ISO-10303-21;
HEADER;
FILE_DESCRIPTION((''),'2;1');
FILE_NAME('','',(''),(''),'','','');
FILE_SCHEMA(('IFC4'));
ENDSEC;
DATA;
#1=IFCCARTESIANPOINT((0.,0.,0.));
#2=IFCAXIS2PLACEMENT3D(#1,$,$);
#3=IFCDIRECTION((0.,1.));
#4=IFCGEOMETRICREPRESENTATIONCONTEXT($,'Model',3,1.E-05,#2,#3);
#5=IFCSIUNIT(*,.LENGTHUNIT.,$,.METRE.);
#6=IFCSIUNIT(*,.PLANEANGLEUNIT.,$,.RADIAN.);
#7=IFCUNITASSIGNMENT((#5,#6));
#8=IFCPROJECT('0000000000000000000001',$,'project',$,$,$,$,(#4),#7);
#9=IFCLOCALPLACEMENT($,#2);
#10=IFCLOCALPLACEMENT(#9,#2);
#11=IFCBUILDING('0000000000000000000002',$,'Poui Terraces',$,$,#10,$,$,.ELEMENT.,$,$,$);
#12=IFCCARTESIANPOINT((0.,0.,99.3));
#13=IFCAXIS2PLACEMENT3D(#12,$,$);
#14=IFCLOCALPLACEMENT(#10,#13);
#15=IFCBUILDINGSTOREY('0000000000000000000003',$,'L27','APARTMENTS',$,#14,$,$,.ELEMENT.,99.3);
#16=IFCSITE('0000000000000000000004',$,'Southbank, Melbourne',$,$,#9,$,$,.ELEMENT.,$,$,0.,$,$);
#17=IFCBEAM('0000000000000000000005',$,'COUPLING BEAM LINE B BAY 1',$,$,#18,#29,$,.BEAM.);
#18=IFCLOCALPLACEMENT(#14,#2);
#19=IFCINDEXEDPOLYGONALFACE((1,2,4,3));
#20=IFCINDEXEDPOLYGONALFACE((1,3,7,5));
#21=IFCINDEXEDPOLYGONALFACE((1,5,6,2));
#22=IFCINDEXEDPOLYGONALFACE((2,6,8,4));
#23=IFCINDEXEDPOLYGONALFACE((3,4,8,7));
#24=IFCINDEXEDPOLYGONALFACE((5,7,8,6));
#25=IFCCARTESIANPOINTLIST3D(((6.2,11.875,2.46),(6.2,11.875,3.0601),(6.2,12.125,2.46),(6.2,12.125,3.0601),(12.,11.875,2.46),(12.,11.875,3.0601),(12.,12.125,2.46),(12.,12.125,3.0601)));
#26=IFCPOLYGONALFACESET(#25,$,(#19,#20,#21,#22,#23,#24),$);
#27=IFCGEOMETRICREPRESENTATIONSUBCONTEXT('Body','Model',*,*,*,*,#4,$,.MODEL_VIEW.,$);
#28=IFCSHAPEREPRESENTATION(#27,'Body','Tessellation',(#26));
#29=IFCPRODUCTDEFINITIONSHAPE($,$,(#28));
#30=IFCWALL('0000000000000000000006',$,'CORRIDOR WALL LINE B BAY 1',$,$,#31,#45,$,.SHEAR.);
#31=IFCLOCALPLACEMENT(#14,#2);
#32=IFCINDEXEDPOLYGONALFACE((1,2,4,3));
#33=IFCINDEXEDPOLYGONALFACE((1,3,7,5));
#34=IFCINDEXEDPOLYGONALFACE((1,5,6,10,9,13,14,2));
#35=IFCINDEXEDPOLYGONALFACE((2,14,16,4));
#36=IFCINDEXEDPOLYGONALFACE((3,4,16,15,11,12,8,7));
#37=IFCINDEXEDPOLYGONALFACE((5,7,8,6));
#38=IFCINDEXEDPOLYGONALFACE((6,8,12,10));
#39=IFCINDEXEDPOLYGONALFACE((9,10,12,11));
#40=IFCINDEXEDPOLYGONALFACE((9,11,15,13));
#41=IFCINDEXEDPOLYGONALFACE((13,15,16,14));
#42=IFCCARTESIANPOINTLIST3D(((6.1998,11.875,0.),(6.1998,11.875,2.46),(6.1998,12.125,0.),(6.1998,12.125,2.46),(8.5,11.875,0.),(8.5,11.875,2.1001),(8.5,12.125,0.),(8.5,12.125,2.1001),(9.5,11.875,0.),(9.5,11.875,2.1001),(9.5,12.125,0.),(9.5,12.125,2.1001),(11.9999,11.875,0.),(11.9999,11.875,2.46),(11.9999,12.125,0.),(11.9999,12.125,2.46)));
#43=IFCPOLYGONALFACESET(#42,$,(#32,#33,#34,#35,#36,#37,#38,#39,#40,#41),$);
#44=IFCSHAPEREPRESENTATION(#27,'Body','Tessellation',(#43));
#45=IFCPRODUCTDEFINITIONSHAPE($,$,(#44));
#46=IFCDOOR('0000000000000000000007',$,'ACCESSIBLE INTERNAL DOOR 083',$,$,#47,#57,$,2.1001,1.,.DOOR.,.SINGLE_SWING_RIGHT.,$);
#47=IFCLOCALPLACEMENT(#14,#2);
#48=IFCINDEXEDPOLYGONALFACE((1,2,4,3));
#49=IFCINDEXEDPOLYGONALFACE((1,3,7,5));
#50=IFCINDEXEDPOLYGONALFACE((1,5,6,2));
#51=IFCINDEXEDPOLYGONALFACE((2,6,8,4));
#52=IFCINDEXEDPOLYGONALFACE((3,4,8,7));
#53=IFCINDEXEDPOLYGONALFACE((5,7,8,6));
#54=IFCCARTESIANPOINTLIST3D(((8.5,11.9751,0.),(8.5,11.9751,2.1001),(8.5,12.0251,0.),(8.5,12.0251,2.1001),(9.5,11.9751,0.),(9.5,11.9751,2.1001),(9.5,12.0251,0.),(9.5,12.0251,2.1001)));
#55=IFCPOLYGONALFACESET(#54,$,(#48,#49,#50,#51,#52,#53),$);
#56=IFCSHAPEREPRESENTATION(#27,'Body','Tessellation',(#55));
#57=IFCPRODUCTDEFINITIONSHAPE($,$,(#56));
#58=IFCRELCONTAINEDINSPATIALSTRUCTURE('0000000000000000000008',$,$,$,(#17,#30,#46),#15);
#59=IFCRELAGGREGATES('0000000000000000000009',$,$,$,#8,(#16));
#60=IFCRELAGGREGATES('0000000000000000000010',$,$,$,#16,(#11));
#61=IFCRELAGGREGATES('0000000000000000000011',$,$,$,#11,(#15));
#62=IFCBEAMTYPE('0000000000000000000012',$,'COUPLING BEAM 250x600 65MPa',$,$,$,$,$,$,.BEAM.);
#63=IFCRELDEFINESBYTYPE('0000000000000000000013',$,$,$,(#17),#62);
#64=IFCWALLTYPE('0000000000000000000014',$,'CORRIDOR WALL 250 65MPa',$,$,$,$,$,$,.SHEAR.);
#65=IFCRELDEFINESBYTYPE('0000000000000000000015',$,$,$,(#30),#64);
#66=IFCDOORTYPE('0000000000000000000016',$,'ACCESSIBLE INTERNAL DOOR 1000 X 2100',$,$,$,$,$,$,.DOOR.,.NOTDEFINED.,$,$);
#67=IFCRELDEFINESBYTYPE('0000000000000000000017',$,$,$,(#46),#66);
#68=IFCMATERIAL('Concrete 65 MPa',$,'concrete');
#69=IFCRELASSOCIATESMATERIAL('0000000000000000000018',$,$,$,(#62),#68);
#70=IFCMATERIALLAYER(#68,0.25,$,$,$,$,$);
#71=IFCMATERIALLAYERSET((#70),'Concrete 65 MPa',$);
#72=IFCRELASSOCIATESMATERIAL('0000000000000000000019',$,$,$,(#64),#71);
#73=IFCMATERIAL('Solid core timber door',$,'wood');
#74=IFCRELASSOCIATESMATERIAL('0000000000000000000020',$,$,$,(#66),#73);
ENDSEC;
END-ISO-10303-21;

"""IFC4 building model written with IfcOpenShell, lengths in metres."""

from ifc_helpers import new_model, si_unit, direction, frame, frame_2d, origin, origin_2d, place, context, subcontext, project, spatial, rectangle, extrude, source, transform, mapped, material, layer, layer_set, material_profile, profile_set, type_object, element, fill, save


model = new_model("IFC4")

# Units and contexts
model_context = context("Model", 3, precision=1e-05, world=origin(), true_north=direction((0.0, 1.0)))
body_context = subcontext(model_context, "Body", "Model", "MODEL_VIEW")
ifc_project = project(units=[si_unit("LENGTHUNIT", "METRE"), si_unit("PLANEANGLEUNIT", "RADIAN")], contexts=[model_context])

# Site, building, storey
site_placement = place(None, origin())
site = spatial("IfcSite", under=ifc_project, at=site_placement, Name="Southbank, Melbourne", CompositionType="ELEMENT", RefElevation=0.0)
building_placement = place(site_placement, origin())
building = spatial("IfcBuilding", under=site, at=building_placement, Name="Poui Terraces", CompositionType="ELEMENT")
storey_placement = place(building_placement, frame((0.0, 0.0, 99.3)))
storey = spatial("IfcBuildingStorey", under=building, at=storey_placement, Name="L27", Description="APARTMENTS", CompositionType="ELEMENT", Elevation=99.3)

# Beam
ifc_material_1 = material(Name="Concrete 65 MPa", Category="concrete")
ifc_material_profile = material_profile(ifc_material_1, rectangle(XDim=0.25, YDim=0.6001, at=origin_2d()), Name="RC 250x600")
ifc_profile_set = profile_set([ifc_material_profile], Name="Concrete 65 MPa")
beam_type = type_object("IfcBeamType", Name="COUPLING BEAM 250x600 65MPa", PredefinedType="BEAM", material=ifc_profile_set)
shared_shape = source(origin(), body_context, "Body", "SweptSolid", [
    extrude(rectangle(XDim=0.25, YDim=0.6001, at=origin_2d()), origin(), (0.0, 0.0, 1.0), 5.8),
])
beam_placement = place(storey_placement, frame((6.2, 12.0, 2.76), z_axis=(1.0, 0.0, 0.0), x_axis=(0.0, 1.0, 0.0)))
element("IfcBeam", 1, at=beam_placement, inside=storey, type_object=beam_type, Name="COUPLING BEAM LINE B BAY 1", PredefinedType="BEAM", context=body_context, shape_type="MappedRepresentation", body=[
    mapped(shared_shape, transform((0.0, 0.0, 0.0))),
])

# Wall, opening, door
ifc_layer_1 = layer(ifc_material_1, 0.25)
ifc_layer_set_1 = layer_set([ifc_layer_1], Name="Concrete 65 MPa")
wall_type_1 = type_object("IfcWallType", Name="CORRIDOR WALL 250 65MPa", PredefinedType="SHEAR", material=ifc_layer_set_1)
wall_1_placement = place(storey_placement, frame((6.2, 12.0, 0.0), z_axis=(0.0, 0.0, 1.0), x_axis=(1.0, 0.0, 0.0)))
wall_1 = element("IfcWall", 2, at=wall_1_placement, inside=storey, type_object=wall_type_1, Name="CORRIDOR WALL LINE B BAY 1", PredefinedType="SHEAR", context=body_context, shape_type="SweptSolid", body=[
    extrude(rectangle(XDim=5.8, YDim=0.25, at=frame_2d((2.8999, 0.0))), origin(), (0.0, 0.0, 1.0), 2.46),
])
opening_1_placement = place(wall_1_placement, frame((2.3, 0.0, 0.0)))
opening_1 = element("IfcOpeningElement", 3, at=opening_1_placement, cuts=wall_1, PredefinedType="OPENING", context=body_context, shape_type="SweptSolid", body=[
    extrude(rectangle(XDim=1.0, YDim=2.1001, at=frame_2d((0.5, 1.05))), frame((0.0, 0.135, 0.0), z_axis=(0.0, -1.0, 0.0), x_axis=(1.0, 0.0, 0.0)), (0.0, 0.0, 1.0), 0.27),
])
ifc_material_2 = material(Name="Solid core timber door", Category="wood")
door_type_1 = type_object("IfcDoorType", Name="ACCESSIBLE INTERNAL DOOR 1000 X 2100", OperationType="NOTDEFINED", PredefinedType="DOOR", material=ifc_material_2)
door_1_placement = place(opening_1_placement, frame((1.0, 0.0, 0.0), z_axis=(0.0, 0.0, 1.0), x_axis=(-1.0, 0.0, 0.0)))
door_1 = element("IfcDoor", 4, at=door_1_placement, inside=storey, type_object=door_type_1, Name="ACCESSIBLE INTERNAL DOOR 083", OperationType="SINGLE_SWING_RIGHT", OverallHeight=2.1001, OverallWidth=1.0, PredefinedType="DOOR", context=body_context, shape_type="SweptSolid", body=[
    extrude(rectangle(XDim=1.0, YDim=2.1001, at=frame_2d((0.5, 1.05))), frame((0.0, 0.0249, 0.0), z_axis=(0.0, -1.0, 0.0), x_axis=(1.0, 0.0, 0.0)), (0.0, 0.0, 1.0), 0.05),
])
fill(opening_1, door_1)

save(model, "model.ifc")
